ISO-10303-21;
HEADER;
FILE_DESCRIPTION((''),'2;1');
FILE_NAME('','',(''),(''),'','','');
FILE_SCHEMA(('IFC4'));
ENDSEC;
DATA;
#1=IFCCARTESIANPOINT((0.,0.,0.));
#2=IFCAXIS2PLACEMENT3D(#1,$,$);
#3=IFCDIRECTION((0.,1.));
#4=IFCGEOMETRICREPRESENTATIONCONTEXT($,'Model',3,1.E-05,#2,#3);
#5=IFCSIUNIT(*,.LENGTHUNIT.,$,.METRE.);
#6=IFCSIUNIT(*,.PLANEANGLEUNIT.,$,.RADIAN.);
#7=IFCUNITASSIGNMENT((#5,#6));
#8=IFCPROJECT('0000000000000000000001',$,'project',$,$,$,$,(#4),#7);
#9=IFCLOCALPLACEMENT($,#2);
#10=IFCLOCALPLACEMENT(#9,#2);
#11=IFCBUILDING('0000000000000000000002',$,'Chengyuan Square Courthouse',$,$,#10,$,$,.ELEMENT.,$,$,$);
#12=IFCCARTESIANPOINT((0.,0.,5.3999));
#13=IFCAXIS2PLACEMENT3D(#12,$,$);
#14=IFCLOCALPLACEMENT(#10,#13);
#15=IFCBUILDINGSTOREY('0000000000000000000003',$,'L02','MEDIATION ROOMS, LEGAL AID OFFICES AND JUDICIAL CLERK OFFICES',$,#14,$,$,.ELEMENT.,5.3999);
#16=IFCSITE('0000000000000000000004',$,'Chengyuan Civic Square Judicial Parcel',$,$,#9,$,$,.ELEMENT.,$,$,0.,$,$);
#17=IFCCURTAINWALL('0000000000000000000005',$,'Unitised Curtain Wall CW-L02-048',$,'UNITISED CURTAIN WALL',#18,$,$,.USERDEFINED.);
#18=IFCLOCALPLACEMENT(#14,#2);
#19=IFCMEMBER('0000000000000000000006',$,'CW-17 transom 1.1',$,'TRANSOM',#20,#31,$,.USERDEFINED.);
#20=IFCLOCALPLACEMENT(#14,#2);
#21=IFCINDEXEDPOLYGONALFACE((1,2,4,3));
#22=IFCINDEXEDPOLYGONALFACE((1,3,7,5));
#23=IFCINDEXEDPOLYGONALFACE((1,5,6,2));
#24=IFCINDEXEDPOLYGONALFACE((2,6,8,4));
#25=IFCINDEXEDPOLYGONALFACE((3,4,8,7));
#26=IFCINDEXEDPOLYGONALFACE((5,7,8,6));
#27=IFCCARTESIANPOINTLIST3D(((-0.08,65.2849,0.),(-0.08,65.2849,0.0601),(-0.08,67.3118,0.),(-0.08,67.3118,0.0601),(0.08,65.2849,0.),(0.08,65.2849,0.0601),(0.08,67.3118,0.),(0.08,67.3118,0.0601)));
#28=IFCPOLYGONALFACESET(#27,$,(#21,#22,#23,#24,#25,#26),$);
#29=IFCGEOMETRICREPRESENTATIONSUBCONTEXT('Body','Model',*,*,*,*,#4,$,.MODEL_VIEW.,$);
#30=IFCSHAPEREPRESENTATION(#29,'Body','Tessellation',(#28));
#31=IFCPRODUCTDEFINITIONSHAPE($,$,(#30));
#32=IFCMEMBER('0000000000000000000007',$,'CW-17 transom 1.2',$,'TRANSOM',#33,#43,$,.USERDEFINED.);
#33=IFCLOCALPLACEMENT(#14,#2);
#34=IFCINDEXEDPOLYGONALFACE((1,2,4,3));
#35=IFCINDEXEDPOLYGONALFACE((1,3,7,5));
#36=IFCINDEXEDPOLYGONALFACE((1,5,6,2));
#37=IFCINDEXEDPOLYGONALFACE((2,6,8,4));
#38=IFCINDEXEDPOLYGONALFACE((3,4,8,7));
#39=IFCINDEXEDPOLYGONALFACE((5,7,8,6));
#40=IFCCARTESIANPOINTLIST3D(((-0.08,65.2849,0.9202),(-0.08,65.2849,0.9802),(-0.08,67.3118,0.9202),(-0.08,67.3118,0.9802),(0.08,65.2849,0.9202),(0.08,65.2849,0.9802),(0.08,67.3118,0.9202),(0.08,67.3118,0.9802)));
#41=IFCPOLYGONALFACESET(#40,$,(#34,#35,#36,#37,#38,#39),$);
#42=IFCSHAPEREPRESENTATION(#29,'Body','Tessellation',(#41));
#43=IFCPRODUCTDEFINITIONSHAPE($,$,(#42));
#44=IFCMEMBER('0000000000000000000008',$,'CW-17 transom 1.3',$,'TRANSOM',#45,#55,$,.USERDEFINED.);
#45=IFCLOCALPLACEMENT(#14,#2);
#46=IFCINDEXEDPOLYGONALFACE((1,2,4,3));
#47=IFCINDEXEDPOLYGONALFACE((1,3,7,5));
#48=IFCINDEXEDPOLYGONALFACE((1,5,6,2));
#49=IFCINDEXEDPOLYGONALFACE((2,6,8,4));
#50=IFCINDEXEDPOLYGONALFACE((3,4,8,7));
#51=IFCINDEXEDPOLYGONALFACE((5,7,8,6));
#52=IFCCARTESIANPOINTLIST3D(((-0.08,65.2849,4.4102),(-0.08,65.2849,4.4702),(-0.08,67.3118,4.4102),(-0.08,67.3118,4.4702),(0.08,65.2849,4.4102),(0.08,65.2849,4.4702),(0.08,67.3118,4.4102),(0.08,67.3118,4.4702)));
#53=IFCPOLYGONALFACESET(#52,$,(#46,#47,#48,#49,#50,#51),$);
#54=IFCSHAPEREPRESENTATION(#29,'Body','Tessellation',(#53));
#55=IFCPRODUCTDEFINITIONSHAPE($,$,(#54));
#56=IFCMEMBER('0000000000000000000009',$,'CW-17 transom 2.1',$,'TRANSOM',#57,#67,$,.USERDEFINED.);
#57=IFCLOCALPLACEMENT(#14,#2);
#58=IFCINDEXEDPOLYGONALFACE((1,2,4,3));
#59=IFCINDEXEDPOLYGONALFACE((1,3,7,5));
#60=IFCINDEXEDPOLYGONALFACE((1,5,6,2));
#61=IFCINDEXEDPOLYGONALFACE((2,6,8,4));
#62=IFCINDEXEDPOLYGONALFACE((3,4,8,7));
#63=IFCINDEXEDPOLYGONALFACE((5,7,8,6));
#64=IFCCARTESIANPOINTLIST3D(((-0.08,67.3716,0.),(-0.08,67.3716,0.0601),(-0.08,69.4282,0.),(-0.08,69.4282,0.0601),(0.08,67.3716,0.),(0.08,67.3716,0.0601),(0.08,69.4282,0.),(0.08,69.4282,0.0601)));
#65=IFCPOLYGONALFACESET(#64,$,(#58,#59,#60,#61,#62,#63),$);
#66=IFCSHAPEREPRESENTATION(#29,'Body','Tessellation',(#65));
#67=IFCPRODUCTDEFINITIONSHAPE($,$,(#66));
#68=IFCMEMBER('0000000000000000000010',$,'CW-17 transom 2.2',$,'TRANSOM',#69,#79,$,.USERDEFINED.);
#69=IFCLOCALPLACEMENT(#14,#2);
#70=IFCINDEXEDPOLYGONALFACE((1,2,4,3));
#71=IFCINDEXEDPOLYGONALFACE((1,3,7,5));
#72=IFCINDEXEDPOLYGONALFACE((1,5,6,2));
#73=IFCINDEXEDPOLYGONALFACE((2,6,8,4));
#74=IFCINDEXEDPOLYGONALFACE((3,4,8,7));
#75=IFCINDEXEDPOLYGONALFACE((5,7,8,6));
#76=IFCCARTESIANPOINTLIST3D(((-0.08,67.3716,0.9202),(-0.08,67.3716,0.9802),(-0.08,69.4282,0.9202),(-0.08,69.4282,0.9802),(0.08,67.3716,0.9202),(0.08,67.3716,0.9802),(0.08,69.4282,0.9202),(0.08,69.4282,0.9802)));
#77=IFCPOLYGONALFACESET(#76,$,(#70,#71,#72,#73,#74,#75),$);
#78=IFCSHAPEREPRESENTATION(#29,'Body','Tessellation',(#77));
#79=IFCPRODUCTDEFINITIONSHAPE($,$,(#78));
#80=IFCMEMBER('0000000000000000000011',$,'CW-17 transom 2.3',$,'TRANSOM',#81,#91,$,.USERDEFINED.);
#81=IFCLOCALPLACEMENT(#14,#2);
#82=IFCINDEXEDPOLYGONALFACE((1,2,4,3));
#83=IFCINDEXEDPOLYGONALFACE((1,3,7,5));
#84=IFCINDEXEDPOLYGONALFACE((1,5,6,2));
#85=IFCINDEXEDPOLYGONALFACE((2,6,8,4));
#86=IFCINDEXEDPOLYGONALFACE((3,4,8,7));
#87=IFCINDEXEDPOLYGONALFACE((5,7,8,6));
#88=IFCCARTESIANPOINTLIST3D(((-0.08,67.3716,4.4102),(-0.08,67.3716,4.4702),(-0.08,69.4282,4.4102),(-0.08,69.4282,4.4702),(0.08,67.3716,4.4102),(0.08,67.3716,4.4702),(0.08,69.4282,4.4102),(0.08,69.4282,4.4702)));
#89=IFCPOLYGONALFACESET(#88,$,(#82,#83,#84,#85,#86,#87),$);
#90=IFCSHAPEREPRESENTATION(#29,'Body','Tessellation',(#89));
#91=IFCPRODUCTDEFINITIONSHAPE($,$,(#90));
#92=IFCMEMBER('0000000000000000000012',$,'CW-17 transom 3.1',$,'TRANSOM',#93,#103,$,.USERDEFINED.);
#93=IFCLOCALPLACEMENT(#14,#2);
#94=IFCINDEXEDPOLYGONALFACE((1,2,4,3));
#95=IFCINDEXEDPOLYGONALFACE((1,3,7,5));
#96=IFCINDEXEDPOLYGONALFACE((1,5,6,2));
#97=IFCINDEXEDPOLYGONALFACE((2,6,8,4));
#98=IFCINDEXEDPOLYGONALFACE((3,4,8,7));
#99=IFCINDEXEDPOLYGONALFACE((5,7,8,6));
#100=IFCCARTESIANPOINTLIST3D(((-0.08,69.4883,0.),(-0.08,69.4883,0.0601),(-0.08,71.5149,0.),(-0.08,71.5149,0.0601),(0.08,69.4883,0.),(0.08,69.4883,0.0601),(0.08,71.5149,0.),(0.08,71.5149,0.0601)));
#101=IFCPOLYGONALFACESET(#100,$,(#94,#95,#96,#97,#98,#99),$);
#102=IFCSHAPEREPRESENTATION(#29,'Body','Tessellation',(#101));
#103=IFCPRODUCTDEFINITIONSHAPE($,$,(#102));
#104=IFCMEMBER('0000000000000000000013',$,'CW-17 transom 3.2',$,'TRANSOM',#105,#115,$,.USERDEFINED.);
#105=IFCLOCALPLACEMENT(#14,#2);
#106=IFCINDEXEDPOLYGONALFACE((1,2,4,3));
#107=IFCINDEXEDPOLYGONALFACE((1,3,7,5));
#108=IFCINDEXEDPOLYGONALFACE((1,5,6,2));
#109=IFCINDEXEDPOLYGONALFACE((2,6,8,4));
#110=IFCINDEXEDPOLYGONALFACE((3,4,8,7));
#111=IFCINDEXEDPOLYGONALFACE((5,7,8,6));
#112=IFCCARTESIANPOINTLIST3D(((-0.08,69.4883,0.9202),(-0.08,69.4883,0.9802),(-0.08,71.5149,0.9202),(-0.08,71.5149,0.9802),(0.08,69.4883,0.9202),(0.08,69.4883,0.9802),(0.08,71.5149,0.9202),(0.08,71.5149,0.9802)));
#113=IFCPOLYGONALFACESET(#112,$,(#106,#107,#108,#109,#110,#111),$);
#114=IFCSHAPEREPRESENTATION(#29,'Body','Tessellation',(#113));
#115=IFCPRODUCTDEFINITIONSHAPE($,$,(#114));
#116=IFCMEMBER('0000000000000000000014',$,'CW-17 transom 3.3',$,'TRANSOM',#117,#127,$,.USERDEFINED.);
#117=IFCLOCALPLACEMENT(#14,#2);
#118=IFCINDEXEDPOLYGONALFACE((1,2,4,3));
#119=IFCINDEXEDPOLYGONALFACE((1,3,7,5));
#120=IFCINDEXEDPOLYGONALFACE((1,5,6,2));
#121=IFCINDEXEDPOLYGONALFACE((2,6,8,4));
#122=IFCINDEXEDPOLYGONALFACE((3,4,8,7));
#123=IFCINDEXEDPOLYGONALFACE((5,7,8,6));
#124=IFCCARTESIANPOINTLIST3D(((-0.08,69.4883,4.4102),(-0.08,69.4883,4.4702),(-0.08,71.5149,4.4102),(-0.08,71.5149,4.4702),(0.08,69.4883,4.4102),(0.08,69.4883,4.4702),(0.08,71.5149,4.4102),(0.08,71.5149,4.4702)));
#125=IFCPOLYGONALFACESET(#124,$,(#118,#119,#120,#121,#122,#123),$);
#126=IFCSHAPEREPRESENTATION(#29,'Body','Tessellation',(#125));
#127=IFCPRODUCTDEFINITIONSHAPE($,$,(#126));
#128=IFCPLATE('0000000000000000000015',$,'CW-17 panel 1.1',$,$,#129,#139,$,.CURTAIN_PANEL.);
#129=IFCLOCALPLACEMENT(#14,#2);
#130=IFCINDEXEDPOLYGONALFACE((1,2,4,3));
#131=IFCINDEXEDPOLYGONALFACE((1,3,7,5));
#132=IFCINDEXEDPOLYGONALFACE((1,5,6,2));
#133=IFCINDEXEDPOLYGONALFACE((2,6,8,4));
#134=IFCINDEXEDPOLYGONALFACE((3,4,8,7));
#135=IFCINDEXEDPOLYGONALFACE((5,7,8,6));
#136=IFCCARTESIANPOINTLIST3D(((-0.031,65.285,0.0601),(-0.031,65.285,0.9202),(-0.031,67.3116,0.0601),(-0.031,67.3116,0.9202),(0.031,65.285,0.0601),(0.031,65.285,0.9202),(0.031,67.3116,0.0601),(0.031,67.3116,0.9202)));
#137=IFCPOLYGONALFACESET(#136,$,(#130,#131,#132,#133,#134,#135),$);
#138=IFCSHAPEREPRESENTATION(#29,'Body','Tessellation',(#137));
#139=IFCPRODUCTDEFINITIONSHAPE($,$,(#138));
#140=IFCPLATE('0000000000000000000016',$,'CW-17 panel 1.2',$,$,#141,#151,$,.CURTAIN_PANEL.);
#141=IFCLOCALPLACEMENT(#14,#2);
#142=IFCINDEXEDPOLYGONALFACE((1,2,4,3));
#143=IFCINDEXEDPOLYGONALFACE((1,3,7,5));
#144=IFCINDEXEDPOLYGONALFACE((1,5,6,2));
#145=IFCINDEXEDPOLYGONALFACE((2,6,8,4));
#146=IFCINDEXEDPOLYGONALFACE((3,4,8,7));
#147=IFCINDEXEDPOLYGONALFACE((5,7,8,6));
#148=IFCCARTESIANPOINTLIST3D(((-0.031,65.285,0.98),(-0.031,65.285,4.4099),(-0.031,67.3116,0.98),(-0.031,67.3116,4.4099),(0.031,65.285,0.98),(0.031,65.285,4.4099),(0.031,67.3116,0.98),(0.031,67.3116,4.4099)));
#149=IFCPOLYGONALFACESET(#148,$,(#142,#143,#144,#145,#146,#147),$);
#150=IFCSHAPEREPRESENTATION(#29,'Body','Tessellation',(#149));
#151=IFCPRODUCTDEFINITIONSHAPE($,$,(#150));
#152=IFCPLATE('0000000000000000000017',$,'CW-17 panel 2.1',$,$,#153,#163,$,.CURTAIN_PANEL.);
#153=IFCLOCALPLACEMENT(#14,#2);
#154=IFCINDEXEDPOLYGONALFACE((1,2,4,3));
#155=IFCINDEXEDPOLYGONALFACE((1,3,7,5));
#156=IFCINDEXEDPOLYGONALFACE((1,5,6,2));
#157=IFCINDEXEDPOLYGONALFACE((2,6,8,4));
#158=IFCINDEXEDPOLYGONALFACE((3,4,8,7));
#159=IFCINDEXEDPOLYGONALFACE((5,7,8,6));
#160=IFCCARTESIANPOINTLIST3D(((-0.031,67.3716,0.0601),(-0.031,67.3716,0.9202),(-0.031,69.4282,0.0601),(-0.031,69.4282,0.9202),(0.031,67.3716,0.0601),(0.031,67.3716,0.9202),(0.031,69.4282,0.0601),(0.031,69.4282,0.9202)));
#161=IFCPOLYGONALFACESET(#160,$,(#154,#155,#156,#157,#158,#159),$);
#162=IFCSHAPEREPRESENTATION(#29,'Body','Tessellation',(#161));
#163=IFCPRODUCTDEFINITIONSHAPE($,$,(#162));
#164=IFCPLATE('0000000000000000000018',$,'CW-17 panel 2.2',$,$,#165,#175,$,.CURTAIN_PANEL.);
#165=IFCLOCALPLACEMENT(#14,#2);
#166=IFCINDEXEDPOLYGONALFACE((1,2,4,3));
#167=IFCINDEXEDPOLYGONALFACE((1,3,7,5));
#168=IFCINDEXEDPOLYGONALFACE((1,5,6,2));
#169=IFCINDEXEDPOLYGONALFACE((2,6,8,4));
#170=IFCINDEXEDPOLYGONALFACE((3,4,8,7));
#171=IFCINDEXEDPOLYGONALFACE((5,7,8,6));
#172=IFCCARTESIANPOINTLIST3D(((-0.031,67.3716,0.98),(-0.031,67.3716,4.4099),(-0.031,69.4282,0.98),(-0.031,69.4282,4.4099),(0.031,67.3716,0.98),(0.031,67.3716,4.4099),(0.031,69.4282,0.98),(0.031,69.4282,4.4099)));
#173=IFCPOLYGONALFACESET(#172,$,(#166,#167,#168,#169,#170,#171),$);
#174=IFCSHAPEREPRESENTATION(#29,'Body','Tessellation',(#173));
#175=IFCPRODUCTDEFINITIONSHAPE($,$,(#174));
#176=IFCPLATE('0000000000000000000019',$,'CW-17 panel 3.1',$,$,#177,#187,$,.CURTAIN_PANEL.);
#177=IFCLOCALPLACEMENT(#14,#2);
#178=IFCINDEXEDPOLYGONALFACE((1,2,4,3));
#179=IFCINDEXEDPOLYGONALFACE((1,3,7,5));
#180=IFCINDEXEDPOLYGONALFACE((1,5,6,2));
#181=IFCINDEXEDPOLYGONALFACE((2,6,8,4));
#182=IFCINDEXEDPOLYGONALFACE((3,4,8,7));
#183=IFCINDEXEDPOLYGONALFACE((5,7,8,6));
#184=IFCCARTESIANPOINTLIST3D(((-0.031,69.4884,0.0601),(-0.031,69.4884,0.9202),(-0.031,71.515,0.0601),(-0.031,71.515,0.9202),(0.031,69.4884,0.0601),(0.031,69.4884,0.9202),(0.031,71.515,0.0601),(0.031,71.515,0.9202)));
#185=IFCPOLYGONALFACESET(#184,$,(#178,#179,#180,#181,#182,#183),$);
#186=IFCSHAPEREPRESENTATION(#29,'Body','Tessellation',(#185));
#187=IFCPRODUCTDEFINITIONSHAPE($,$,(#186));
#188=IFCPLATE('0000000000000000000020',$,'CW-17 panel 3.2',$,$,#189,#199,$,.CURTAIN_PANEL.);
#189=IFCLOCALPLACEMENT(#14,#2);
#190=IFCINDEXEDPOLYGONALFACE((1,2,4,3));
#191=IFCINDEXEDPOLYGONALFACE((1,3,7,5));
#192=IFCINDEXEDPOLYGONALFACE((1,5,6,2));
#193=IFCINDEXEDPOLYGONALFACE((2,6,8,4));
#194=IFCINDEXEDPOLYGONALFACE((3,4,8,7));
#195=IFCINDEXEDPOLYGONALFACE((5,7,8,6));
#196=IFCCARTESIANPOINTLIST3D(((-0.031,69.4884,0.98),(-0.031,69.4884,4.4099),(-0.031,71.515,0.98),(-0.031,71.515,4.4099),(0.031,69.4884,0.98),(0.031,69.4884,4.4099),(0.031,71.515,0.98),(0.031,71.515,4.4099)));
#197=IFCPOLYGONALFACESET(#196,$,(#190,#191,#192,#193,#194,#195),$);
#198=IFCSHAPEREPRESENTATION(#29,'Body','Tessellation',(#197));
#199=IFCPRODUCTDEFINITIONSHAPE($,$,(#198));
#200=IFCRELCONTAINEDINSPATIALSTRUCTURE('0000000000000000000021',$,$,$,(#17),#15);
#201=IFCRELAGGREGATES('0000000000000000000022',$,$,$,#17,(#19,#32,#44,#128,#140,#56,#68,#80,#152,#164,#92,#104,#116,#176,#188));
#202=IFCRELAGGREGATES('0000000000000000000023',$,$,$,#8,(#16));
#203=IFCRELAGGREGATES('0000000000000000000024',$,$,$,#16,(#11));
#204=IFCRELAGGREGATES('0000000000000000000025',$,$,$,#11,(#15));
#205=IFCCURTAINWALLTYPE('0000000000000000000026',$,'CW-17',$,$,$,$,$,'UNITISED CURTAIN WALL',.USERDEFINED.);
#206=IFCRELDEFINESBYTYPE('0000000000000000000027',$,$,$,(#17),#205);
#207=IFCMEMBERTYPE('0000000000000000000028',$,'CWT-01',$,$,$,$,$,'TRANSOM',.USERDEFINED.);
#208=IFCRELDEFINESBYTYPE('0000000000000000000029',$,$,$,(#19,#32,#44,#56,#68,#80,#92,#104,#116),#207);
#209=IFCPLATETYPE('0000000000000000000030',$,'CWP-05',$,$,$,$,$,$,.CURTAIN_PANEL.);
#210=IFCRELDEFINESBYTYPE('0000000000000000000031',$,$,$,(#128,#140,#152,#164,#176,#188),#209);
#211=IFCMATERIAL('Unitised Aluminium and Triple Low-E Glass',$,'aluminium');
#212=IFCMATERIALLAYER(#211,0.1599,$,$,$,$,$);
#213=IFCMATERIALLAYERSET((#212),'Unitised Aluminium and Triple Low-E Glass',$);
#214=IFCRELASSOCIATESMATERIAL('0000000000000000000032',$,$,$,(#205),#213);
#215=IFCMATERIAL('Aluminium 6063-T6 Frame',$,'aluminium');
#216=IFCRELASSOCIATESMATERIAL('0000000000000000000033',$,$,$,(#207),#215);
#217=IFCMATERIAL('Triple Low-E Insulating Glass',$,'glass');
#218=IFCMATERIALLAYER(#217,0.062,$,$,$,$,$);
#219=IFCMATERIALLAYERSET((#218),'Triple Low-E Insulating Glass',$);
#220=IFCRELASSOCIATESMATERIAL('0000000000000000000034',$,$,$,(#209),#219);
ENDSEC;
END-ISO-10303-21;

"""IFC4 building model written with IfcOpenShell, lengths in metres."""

from ifc_helpers import new_model, si_unit, direction, frame, origin, origin_2d, place, context, subcontext, project, spatial, rectangle, extrude, material, layer, layer_set, material_profile, profile_set, type_object, element, aggregate, save


model = new_model("IFC4")

# Units and contexts
model_context = context("Model", 3, precision=1e-05, world=origin(), true_north=direction((0.0, 1.0)))
body_context = subcontext(model_context, "Body", "Model", "MODEL_VIEW")
ifc_project = project(units=[si_unit("LENGTHUNIT", "METRE"), si_unit("PLANEANGLEUNIT", "RADIAN")], contexts=[model_context])

# Site, building, storey
site_placement = place(None, origin())
site = spatial("IfcSite", under=ifc_project, at=site_placement, Name="Chengyuan Civic Square Judicial Parcel", CompositionType="ELEMENT", RefElevation=0.0)
building_placement = place(site_placement, origin())
building = spatial("IfcBuilding", under=site, at=building_placement, Name="Chengyuan Square Courthouse", CompositionType="ELEMENT")
storey_placement = place(building_placement, frame((0.0, 0.0, 5.3999)))
storey = spatial("IfcBuildingStorey", under=building, at=storey_placement, Name="L02", Description="MEDIATION ROOMS, LEGAL AID OFFICES AND JUDICIAL CLERK OFFICES", CompositionType="ELEMENT", Elevation=5.3999)

# Curtain wall, members, plates
ifc_material_1 = material(Name="Unitised Aluminium and Triple Low-E Glass", Category="aluminium")
ifc_layer_1 = layer(ifc_material_1, 0.1599)
ifc_layer_set_1 = layer_set([ifc_layer_1], Name="Unitised Aluminium and Triple Low-E Glass")
curtain_wall_type = type_object("IfcCurtainWallType", Name="CW-17", ElementType="UNITISED CURTAIN WALL", PredefinedType="USERDEFINED", material=ifc_layer_set_1)
curtain_wall_placement = place(storey_placement, origin())
curtain_wall = element("IfcCurtainWall", 1, at=curtain_wall_placement, inside=storey, type_object=curtain_wall_type, Name="Unitised Curtain Wall CW-L02-048", ObjectType="UNITISED CURTAIN WALL", PredefinedType="USERDEFINED")
ifc_material_2 = material(Name="Aluminium 6063-T6 Frame", Category="aluminium")
ifc_material_profile_1 = material_profile(ifc_material_2, rectangle(XDim=0.1599, YDim=0.0601, at=origin_2d()), Name="CW-TRN-60x120")
ifc_profile_set_1 = profile_set([ifc_material_profile_1], Name="Aluminium 6063-T6 Frame")
member_type_1 = type_object("IfcMemberType", Name="CWT-01", ElementType="TRANSOM", PredefinedType="USERDEFINED", material=ifc_profile_set_1)
member_1_placement = place(storey_placement, frame((0.0, 65.2849, 0.03), z_axis=(0.0, 1.0, 0.0), x_axis=(-1.0, 0.0, 0.0)))
member_1 = element("IfcMember", 2, at=member_1_placement, type_object=member_type_1, Name="CW-17 transom 1.1", ObjectType="TRANSOM", PredefinedType="USERDEFINED", context=body_context, shape_type="SweptSolid", body=[
    extrude(rectangle(XDim=0.1599, YDim=0.0601, at=origin_2d()), origin(), (0.0, 0.0, 1.0), 2.0269),
])
member_2_placement = place(storey_placement, frame((0.0, 65.2849, 0.9502), z_axis=(0.0, 1.0, 0.0), x_axis=(-1.0, 0.0, 0.0)))
member_2 = element("IfcMember", 3, at=member_2_placement, type_object=member_type_1, Name="CW-17 transom 1.2", ObjectType="TRANSOM", PredefinedType="USERDEFINED", context=body_context, shape_type="SweptSolid", body=[
    extrude(rectangle(XDim=0.1599, YDim=0.0601, at=origin_2d()), origin(), (0.0, 0.0, 1.0), 2.0269),
])
member_3_placement = place(storey_placement, frame((0.0, 65.2849, 4.4402), z_axis=(0.0, 1.0, 0.0), x_axis=(-1.0, 0.0, 0.0)))
member_3 = element("IfcMember", 4, at=member_3_placement, type_object=member_type_1, Name="CW-17 transom 1.3", ObjectType="TRANSOM", PredefinedType="USERDEFINED", context=body_context, shape_type="SweptSolid", body=[
    extrude(rectangle(XDim=0.1599, YDim=0.0601, at=origin_2d()), origin(), (0.0, 0.0, 1.0), 2.0269),
])
member_4_placement = place(storey_placement, frame((0.0, 67.3716, 0.03), z_axis=(0.0, 1.0, 0.0), x_axis=(-1.0, 0.0, 0.0)))
member_4 = element("IfcMember", 5, at=member_4_placement, type_object=member_type_1, Name="CW-17 transom 2.1", ObjectType="TRANSOM", PredefinedType="USERDEFINED", context=body_context, shape_type="SweptSolid", body=[
    extrude(rectangle(XDim=0.1599, YDim=0.0601, at=origin_2d()), origin(), (0.0, 0.0, 1.0), 2.0566),
])
member_5_placement = place(storey_placement, frame((0.0, 67.3716, 0.9502), z_axis=(0.0, 1.0, 0.0), x_axis=(-1.0, 0.0, 0.0)))
member_5 = element("IfcMember", 6, at=member_5_placement, type_object=member_type_1, Name="CW-17 transom 2.2", ObjectType="TRANSOM", PredefinedType="USERDEFINED", context=body_context, shape_type="SweptSolid", body=[
    extrude(rectangle(XDim=0.1599, YDim=0.0601, at=origin_2d()), origin(), (0.0, 0.0, 1.0), 2.0566),
])
member_6_placement = place(storey_placement, frame((0.0, 67.3716, 4.4402), z_axis=(0.0, 1.0, 0.0), x_axis=(-1.0, 0.0, 0.0)))
member_6 = element("IfcMember", 7, at=member_6_placement, type_object=member_type_1, Name="CW-17 transom 2.3", ObjectType="TRANSOM", PredefinedType="USERDEFINED", context=body_context, shape_type="SweptSolid", body=[
    extrude(rectangle(XDim=0.1599, YDim=0.0601, at=origin_2d()), origin(), (0.0, 0.0, 1.0), 2.0566),
])
member_7_placement = place(storey_placement, frame((0.0, 69.4883, 0.03), z_axis=(0.0, 1.0, 0.0), x_axis=(-1.0, 0.0, 0.0)))
member_7 = element("IfcMember", 8, at=member_7_placement, type_object=member_type_1, Name="CW-17 transom 3.1", ObjectType="TRANSOM", PredefinedType="USERDEFINED", context=body_context, shape_type="SweptSolid", body=[
    extrude(rectangle(XDim=0.1599, YDim=0.0601, at=origin_2d()), origin(), (0.0, 0.0, 1.0), 2.0266),
])
member_8_placement = place(storey_placement, frame((0.0, 69.4883, 0.9502), z_axis=(0.0, 1.0, 0.0), x_axis=(-1.0, 0.0, 0.0)))
member_8 = element("IfcMember", 9, at=member_8_placement, type_object=member_type_1, Name="CW-17 transom 3.2", ObjectType="TRANSOM", PredefinedType="USERDEFINED", context=body_context, shape_type="SweptSolid", body=[
    extrude(rectangle(XDim=0.1599, YDim=0.0601, at=origin_2d()), origin(), (0.0, 0.0, 1.0), 2.0266),
])
member_9_placement = place(storey_placement, frame((0.0, 69.4883, 4.4402), z_axis=(0.0, 1.0, 0.0), x_axis=(-1.0, 0.0, 0.0)))
member_9 = element("IfcMember", 10, at=member_9_placement, type_object=member_type_1, Name="CW-17 transom 3.3", ObjectType="TRANSOM", PredefinedType="USERDEFINED", context=body_context, shape_type="SweptSolid", body=[
    extrude(rectangle(XDim=0.1599, YDim=0.0601, at=origin_2d()), origin(), (0.0, 0.0, 1.0), 2.0266),
])
ifc_material_3 = material(Name="Triple Low-E Insulating Glass", Category="glass")
ifc_layer_2 = layer(ifc_material_3, 0.062)
ifc_layer_set_2 = layer_set([ifc_layer_2], Name="Triple Low-E Insulating Glass")
plate_type = type_object("IfcPlateType", Name="CWP-05", PredefinedType="CURTAIN_PANEL", material=ifc_layer_set_2)
plate_1_placement = place(storey_placement, frame((0.0, 66.2983, 0.0601), z_axis=(0.0, 0.0, 1.0), x_axis=(0.0, 1.0, 0.0)))
plate_1 = element("IfcPlate", 11, at=plate_1_placement, type_object=plate_type, Name="CW-17 panel 1.1", PredefinedType="CURTAIN_PANEL", context=body_context, shape_type="SweptSolid", body=[
    extrude(rectangle(XDim=2.0266, YDim=0.062, at=origin_2d()), origin(), (0.0, 0.0, 1.0), 0.8601),
])
plate_2_placement = place(storey_placement, frame((0.0, 66.2983, 0.98), z_axis=(0.0, 0.0, 1.0), x_axis=(0.0, 1.0, 0.0)))
plate_2 = element("IfcPlate", 12, at=plate_2_placement, type_object=plate_type, Name="CW-17 panel 1.2", PredefinedType="CURTAIN_PANEL", context=body_context, shape_type="SweptSolid", body=[
    extrude(rectangle(XDim=2.0266, YDim=0.062, at=origin_2d()), origin(), (0.0, 0.0, 1.0), 3.4299),
])
plate_3_placement = place(storey_placement, frame((0.0, 68.3999, 0.0601), z_axis=(0.0, 0.0, 1.0), x_axis=(0.0, 1.0, 0.0)))
plate_3 = element("IfcPlate", 13, at=plate_3_placement, type_object=plate_type, Name="CW-17 panel 2.1", PredefinedType="CURTAIN_PANEL", context=body_context, shape_type="SweptSolid", body=[
    extrude(rectangle(XDim=2.0566, YDim=0.062, at=origin_2d()), origin(), (0.0, 0.0, 1.0), 0.8601),
])
plate_4_placement = place(storey_placement, frame((0.0, 68.3999, 0.98), z_axis=(0.0, 0.0, 1.0), x_axis=(0.0, 1.0, 0.0)))
plate_4 = element("IfcPlate", 14, at=plate_4_placement, type_object=plate_type, Name="CW-17 panel 2.2", PredefinedType="CURTAIN_PANEL", context=body_context, shape_type="SweptSolid", body=[
    extrude(rectangle(XDim=2.0566, YDim=0.062, at=origin_2d()), origin(), (0.0, 0.0, 1.0), 3.4299),
])
plate_5_placement = place(storey_placement, frame((0.0, 70.5017, 0.0601), z_axis=(0.0, 0.0, 1.0), x_axis=(0.0, 1.0, 0.0)))
plate_5 = element("IfcPlate", 15, at=plate_5_placement, type_object=plate_type, Name="CW-17 panel 3.1", PredefinedType="CURTAIN_PANEL", context=body_context, shape_type="SweptSolid", body=[
    extrude(rectangle(XDim=2.0266, YDim=0.062, at=origin_2d()), origin(), (0.0, 0.0, 1.0), 0.8601),
])
plate_6_placement = place(storey_placement, frame((0.0, 70.5017, 0.98), z_axis=(0.0, 0.0, 1.0), x_axis=(0.0, 1.0, 0.0)))
plate_6 = element("IfcPlate", 16, at=plate_6_placement, type_object=plate_type, Name="CW-17 panel 3.2", PredefinedType="CURTAIN_PANEL", context=body_context, shape_type="SweptSolid", body=[
    extrude(rectangle(XDim=2.0266, YDim=0.062, at=origin_2d()), origin(), (0.0, 0.0, 1.0), 3.4299),
])
aggregate(curtain_wall, [member_1, member_2, member_3, plate_1, plate_2, member_4, member_5, member_6, plate_3, plate_4, member_7, member_8, member_9, plate_5, plate_6])

save(model, "model.ifc")
